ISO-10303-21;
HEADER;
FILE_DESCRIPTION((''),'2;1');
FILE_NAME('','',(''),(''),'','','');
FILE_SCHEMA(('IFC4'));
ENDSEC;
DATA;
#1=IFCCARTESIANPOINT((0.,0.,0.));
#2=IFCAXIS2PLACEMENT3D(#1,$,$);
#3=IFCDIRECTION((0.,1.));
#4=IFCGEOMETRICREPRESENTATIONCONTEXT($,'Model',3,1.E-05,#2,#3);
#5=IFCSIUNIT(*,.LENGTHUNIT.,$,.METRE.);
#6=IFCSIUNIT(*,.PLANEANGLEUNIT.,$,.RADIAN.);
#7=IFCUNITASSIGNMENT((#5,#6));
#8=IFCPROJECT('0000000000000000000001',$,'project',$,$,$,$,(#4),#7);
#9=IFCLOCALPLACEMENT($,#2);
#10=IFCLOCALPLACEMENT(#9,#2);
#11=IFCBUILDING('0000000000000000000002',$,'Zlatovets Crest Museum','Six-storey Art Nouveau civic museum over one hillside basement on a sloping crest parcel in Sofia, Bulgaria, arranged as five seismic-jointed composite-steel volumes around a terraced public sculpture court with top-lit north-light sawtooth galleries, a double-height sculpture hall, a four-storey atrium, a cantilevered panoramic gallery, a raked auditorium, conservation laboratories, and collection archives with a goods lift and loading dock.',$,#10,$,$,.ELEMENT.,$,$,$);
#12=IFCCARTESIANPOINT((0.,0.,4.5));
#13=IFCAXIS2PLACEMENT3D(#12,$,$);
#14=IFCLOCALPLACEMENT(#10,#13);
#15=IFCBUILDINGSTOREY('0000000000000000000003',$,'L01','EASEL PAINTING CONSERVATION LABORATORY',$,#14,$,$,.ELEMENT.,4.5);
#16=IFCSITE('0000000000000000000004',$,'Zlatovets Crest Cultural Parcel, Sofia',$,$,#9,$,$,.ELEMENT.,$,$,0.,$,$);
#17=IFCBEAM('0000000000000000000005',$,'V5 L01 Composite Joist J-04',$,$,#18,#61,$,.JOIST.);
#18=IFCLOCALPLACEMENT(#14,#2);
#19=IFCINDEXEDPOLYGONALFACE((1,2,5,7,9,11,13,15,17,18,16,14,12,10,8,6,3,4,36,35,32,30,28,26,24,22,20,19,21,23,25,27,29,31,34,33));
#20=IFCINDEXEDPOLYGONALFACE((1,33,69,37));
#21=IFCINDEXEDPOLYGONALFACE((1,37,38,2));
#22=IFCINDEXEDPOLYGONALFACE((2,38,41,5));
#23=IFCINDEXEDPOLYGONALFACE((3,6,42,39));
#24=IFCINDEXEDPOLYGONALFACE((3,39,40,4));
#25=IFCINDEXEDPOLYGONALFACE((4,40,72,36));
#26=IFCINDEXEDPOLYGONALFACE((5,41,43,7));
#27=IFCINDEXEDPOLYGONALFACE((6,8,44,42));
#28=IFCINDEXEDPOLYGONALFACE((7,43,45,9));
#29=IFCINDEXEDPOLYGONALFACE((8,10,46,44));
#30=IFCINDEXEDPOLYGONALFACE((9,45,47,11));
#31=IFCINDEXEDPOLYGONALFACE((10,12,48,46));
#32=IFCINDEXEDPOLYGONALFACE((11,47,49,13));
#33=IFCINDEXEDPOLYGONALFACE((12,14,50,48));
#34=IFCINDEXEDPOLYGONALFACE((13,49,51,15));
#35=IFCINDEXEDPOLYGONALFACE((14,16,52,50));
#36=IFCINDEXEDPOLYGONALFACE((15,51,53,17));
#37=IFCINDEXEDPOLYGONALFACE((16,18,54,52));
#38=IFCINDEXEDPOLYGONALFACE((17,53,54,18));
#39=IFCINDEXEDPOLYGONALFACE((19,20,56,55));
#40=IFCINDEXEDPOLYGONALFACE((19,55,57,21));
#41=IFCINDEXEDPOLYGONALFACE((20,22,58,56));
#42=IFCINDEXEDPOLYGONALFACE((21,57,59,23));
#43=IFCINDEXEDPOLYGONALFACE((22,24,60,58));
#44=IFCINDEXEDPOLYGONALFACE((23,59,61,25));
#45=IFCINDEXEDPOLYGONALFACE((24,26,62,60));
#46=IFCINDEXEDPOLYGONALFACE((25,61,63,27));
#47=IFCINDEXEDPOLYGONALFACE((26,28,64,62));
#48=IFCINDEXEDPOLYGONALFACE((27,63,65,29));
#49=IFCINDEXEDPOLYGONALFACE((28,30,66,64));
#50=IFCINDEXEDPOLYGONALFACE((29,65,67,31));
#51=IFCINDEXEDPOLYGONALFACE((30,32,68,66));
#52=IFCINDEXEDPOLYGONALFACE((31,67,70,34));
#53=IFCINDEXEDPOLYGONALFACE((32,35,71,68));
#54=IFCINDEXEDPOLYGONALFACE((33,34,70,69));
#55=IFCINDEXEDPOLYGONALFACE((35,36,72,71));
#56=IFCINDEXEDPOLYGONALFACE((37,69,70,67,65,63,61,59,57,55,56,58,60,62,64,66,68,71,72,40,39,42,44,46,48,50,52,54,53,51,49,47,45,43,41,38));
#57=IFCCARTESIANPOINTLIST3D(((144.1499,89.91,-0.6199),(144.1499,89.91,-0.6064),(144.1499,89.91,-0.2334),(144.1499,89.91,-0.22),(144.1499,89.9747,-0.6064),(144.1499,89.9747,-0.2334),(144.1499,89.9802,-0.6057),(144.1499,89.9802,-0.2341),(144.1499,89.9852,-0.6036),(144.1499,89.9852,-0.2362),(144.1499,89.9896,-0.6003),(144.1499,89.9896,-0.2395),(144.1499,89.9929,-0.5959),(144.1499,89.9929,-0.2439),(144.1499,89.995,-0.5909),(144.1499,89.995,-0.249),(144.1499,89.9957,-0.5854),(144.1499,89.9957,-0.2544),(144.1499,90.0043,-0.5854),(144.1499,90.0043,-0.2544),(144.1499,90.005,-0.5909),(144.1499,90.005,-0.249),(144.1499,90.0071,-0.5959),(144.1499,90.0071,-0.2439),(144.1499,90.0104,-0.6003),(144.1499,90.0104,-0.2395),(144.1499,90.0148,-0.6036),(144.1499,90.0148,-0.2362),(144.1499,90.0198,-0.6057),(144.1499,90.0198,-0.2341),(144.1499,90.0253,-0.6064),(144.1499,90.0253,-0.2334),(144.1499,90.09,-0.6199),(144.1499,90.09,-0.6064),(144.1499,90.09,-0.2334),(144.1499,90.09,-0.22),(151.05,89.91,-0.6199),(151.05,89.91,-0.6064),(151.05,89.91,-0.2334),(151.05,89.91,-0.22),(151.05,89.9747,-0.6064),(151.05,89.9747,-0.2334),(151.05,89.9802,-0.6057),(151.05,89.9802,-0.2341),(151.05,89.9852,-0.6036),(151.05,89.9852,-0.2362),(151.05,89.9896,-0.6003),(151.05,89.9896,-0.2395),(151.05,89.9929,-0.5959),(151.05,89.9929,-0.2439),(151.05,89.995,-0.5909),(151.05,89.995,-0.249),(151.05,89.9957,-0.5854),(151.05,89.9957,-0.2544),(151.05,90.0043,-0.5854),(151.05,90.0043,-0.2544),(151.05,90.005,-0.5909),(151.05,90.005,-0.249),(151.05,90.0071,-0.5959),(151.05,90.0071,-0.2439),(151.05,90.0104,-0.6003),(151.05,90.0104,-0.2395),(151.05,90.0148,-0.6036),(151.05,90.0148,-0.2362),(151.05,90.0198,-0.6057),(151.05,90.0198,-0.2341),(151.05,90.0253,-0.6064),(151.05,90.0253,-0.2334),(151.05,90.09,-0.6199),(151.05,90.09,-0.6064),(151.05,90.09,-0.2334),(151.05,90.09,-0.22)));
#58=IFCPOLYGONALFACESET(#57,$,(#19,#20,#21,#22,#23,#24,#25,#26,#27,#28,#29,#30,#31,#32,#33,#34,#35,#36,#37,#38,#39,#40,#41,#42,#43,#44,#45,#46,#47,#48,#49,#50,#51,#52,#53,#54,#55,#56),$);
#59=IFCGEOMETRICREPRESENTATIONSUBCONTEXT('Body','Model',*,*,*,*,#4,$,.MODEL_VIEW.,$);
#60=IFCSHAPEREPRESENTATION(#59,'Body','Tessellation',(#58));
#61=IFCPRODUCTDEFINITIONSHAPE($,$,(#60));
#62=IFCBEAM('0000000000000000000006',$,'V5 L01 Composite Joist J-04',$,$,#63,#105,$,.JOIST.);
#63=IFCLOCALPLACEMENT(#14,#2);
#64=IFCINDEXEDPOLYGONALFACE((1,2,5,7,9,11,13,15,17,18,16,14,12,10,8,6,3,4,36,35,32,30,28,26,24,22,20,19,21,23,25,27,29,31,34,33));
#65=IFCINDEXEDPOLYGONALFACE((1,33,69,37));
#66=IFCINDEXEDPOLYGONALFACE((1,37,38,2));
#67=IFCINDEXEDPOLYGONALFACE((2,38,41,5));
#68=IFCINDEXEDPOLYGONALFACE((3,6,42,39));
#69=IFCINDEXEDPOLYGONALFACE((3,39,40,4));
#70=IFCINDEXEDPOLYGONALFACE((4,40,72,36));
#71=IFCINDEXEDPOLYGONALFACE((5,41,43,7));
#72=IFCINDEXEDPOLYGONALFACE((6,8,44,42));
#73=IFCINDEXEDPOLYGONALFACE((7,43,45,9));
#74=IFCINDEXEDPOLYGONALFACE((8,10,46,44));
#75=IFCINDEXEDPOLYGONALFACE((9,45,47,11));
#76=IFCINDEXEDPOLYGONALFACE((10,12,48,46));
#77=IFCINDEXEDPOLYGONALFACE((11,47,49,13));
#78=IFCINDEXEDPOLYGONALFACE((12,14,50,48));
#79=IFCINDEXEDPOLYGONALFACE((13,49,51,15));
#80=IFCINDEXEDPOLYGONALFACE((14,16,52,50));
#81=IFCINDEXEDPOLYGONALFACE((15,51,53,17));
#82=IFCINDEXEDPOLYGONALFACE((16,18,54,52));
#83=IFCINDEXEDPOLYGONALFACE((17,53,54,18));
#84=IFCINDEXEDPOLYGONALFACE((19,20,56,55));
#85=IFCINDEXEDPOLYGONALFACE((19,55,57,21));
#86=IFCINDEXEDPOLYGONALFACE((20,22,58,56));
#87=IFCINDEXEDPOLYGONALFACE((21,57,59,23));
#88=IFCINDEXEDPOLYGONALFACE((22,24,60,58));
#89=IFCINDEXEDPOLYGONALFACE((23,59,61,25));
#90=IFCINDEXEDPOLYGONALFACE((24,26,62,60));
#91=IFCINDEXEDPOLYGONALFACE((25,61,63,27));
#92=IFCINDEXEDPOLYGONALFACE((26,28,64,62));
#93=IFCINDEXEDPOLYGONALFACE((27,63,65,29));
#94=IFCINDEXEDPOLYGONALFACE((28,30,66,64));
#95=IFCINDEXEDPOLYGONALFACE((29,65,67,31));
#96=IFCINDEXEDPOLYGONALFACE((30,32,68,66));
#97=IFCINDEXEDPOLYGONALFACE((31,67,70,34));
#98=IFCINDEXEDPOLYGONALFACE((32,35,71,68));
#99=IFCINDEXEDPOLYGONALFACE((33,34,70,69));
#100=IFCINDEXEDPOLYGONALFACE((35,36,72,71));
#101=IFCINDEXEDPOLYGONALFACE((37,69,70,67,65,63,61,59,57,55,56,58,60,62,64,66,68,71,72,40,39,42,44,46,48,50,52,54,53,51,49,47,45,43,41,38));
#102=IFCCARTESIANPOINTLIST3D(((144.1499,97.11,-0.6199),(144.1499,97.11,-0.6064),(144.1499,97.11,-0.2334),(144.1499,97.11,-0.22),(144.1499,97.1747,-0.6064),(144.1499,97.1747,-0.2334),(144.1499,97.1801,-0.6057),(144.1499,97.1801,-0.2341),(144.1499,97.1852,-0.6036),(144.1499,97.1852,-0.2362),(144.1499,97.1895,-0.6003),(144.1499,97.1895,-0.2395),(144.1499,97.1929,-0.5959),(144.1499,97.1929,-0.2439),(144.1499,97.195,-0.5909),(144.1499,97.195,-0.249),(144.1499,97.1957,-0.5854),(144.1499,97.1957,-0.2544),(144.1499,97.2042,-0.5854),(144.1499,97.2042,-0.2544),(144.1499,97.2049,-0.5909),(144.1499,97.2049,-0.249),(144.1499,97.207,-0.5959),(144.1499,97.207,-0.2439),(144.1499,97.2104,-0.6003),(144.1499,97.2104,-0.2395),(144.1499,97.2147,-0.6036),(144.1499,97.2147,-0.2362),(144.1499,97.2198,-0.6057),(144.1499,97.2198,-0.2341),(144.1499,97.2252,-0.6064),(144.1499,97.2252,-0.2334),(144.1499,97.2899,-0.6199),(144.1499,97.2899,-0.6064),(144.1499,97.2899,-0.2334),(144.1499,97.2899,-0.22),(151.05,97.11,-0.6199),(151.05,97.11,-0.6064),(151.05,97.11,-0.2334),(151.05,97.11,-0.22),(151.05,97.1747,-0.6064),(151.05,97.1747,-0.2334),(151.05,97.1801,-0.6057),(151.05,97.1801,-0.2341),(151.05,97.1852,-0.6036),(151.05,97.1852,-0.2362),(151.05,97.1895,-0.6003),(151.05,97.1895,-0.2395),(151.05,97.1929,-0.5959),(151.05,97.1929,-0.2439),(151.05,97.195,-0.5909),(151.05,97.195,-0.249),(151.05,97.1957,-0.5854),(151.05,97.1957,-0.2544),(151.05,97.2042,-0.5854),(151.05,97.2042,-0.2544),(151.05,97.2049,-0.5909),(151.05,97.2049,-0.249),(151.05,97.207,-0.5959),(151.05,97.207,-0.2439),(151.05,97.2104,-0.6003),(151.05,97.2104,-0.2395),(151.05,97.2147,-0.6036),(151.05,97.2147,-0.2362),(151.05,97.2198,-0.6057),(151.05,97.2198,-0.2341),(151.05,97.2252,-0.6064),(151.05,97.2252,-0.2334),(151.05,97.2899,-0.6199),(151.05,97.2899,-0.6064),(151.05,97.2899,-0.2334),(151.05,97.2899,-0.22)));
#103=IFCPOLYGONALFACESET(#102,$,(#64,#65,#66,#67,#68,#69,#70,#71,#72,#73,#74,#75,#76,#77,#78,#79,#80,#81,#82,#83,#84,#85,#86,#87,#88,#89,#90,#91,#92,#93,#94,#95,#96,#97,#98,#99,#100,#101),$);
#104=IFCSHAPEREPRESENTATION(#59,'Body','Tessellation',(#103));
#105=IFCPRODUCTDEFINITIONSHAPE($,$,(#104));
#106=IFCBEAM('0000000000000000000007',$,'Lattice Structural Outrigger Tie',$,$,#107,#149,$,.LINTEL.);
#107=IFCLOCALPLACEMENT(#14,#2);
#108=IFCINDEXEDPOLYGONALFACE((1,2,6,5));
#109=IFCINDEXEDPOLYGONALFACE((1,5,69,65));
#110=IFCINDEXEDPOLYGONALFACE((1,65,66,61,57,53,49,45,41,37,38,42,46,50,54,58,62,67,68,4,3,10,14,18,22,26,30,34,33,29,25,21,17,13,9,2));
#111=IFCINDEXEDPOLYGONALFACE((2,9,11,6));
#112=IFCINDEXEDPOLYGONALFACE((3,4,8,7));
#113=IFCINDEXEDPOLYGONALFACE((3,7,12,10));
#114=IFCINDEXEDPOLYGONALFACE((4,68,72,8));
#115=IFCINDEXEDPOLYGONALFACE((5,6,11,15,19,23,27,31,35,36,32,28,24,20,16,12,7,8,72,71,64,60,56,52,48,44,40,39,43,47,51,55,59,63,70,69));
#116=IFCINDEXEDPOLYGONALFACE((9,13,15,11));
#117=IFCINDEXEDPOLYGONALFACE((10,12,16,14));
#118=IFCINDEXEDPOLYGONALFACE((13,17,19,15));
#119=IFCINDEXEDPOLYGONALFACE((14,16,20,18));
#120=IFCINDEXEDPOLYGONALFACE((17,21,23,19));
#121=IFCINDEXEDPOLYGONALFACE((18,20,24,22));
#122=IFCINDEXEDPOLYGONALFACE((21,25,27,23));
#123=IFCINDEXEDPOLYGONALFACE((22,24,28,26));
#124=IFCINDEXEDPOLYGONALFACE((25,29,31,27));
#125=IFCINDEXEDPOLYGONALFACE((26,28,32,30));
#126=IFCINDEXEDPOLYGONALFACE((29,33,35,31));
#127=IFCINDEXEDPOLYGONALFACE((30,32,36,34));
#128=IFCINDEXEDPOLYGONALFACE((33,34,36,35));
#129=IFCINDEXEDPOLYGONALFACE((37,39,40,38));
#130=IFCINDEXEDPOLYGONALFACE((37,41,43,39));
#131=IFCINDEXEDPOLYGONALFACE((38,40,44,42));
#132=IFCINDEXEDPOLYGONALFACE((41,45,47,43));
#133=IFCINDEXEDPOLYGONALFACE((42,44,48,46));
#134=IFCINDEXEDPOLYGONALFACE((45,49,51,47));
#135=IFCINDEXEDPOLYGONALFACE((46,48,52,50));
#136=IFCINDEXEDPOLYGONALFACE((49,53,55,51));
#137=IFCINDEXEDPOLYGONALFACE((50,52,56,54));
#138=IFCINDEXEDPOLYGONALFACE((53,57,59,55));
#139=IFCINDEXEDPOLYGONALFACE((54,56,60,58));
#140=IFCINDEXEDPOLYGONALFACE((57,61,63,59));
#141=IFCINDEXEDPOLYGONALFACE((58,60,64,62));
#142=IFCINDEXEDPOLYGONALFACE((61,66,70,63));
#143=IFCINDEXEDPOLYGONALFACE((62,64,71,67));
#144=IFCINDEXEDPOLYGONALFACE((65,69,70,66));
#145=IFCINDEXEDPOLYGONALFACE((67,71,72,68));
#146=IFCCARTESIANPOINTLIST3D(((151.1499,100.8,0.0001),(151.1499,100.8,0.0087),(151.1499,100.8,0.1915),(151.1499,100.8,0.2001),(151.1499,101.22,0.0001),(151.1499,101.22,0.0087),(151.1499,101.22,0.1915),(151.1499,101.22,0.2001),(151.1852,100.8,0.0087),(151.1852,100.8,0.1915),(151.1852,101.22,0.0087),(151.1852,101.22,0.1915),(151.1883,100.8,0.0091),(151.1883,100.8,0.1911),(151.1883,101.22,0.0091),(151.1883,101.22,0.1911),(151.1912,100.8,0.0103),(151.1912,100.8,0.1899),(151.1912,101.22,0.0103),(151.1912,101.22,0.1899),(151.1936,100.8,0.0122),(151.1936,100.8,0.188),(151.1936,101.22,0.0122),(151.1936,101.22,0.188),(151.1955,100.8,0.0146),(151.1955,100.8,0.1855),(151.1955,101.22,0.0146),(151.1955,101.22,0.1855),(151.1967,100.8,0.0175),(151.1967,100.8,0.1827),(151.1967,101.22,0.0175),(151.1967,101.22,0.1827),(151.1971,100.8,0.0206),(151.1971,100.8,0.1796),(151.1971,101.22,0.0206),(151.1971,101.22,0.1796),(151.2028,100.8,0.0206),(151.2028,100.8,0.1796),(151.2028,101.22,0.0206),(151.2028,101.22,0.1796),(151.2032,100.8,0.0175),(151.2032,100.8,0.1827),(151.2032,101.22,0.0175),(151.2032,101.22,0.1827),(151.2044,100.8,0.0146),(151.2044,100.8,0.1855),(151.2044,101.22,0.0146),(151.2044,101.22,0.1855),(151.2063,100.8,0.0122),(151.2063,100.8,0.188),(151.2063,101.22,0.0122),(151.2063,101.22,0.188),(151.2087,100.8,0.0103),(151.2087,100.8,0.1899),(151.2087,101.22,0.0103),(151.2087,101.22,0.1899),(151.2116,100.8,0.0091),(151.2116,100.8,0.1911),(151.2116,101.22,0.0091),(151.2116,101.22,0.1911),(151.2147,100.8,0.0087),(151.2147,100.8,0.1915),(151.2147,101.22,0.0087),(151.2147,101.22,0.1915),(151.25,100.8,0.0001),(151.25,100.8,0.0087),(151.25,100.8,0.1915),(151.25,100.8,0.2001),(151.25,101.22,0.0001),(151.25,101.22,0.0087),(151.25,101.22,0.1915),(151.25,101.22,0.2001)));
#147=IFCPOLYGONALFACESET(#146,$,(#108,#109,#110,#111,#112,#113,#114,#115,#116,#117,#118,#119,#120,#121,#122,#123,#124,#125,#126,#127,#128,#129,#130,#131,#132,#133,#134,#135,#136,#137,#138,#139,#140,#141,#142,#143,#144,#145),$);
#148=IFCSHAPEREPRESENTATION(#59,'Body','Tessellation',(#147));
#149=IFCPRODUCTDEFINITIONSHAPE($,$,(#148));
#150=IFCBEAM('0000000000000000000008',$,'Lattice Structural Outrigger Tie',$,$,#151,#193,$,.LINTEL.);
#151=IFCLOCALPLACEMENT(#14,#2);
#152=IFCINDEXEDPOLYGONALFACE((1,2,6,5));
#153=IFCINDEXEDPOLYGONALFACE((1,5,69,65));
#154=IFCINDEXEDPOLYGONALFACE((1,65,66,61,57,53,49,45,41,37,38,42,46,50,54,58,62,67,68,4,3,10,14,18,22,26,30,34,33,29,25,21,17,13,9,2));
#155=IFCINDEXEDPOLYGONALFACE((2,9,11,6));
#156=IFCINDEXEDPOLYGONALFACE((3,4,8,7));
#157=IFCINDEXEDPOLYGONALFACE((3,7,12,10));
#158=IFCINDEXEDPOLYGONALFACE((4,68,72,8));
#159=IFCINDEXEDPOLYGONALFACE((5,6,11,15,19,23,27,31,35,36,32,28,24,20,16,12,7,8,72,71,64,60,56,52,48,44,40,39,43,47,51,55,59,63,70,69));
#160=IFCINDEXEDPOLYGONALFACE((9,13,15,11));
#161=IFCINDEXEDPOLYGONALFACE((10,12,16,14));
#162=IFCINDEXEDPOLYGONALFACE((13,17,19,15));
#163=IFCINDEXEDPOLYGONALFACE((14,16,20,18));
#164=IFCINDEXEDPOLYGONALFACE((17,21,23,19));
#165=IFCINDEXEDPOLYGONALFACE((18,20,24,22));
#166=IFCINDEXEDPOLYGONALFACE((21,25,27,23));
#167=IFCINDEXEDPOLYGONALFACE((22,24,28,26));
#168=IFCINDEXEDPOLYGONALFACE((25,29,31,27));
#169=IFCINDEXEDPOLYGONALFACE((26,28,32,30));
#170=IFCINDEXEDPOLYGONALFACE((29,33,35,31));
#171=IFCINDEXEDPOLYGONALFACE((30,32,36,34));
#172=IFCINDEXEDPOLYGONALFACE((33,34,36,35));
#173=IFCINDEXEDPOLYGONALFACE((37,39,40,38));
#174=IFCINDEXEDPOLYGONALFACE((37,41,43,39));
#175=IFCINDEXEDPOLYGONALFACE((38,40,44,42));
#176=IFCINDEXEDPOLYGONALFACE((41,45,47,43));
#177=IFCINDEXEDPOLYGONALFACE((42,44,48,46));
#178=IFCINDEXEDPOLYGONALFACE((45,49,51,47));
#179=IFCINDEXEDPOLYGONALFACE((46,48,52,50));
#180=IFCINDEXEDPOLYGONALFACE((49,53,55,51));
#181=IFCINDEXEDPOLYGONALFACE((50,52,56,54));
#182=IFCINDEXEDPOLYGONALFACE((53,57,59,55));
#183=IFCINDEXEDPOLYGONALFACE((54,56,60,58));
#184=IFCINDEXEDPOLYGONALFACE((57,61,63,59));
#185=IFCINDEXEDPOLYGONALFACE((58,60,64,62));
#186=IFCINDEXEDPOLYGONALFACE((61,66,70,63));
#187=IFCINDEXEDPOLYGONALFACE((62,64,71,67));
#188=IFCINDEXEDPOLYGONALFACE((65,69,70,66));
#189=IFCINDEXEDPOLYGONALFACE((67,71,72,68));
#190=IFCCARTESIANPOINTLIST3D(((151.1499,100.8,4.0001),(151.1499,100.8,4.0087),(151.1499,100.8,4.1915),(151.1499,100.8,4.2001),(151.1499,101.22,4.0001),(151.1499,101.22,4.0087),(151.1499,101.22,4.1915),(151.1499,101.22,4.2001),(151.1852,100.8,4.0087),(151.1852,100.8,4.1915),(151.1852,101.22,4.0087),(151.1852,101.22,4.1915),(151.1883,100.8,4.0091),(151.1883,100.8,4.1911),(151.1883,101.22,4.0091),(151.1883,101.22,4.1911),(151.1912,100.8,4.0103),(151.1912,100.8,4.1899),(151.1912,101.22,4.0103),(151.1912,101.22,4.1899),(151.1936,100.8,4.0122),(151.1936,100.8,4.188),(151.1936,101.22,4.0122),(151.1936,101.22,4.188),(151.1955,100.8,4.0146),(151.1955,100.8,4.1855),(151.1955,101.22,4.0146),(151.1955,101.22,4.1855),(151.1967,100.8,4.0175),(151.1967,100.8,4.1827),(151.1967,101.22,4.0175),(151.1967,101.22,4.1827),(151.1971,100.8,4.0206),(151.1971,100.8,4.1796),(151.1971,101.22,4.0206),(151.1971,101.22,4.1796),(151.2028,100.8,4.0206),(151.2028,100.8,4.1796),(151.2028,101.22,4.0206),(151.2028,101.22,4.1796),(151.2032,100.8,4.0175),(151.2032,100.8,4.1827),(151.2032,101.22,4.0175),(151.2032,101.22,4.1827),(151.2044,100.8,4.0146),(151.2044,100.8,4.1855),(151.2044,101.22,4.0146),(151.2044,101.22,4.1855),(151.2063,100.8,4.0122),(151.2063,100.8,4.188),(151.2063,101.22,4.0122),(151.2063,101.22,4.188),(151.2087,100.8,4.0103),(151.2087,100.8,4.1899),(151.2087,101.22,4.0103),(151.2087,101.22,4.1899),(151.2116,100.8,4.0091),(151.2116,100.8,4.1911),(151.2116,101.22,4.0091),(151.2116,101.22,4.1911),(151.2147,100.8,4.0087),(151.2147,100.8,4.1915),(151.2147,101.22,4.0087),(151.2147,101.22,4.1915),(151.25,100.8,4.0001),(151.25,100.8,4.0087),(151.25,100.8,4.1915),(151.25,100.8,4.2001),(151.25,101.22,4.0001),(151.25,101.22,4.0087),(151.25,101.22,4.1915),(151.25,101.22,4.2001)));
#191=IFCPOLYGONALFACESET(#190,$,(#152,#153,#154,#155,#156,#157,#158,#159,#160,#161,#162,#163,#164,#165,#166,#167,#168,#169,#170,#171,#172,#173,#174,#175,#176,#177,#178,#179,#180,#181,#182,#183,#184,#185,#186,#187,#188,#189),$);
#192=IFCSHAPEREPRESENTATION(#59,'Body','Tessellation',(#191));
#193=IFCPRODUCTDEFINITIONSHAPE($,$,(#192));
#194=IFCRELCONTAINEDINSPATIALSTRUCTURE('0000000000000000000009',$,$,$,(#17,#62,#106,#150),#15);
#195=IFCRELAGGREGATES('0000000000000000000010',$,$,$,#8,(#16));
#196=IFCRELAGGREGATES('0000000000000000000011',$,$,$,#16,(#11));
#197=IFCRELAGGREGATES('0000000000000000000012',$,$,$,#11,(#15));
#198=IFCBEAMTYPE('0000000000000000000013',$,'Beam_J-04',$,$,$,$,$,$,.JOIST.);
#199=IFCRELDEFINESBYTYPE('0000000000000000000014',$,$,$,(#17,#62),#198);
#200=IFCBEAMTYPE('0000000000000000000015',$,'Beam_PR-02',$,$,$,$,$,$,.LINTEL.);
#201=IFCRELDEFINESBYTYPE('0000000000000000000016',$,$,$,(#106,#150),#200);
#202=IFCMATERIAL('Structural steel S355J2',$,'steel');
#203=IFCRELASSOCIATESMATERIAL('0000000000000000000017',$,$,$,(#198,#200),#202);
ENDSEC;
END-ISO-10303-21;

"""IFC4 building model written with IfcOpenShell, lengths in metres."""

from ifc_helpers import new_model, si_unit, direction, frame, origin, origin_2d, place, context, subcontext, project, spatial, i_section, extrude, material, material_profile, profile_set, type_object, element, save


model = new_model("IFC4")

# Units and contexts
model_context = context("Model", 3, precision=1e-05, world=origin(), true_north=direction((0.0, 1.0)))
body_context = subcontext(model_context, "Body", "Model", "MODEL_VIEW")
ifc_project = project(units=[si_unit("LENGTHUNIT", "METRE"), si_unit("PLANEANGLEUNIT", "RADIAN")], contexts=[model_context])

# Site, building, storey
site_placement = place(None, origin())
site = spatial("IfcSite", under=ifc_project, at=site_placement, Name="Zlatovets Crest Cultural Parcel, Sofia", CompositionType="ELEMENT", RefElevation=0.0)
building_placement = place(site_placement, origin())
building = spatial("IfcBuilding", under=site, at=building_placement, Name="Zlatovets Crest Museum", Description="Six-storey Art Nouveau civic museum over one hillside basement on a sloping crest parcel in Sofia, Bulgaria, arranged as five seismic-jointed composite-steel volumes around a terraced public sculpture court with top-lit north-light sawtooth galleries, a double-height sculpture hall, a four-storey atrium, a cantilevered panoramic gallery, a raked auditorium, conservation laboratories, and collection archives with a goods lift and loading dock.", CompositionType="ELEMENT")
storey_placement = place(building_placement, frame((0.0, 0.0, 4.5)))
storey = spatial("IfcBuildingStorey", under=building, at=storey_placement, Name="L01", Description="EASEL PAINTING CONSERVATION LABORATORY", CompositionType="ELEMENT", Elevation=4.5)

# Shared definitions
ifc_material_1 = material(Name="Structural steel S355J2", Category="steel")

# Beams
ifc_material_profile_1 = material_profile(ifc_material_1, i_section(OverallWidth=0.1799, OverallDepth=0.3999, WebThickness=0.0085, FlangeThickness=0.0134, FilletRadius=0.021, at=origin_2d()), Name="IPE 400")
ifc_profile_set_1 = profile_set([ifc_material_profile_1], Name="Structural steel S355J2")
beam_type_1 = type_object("IfcBeamType", Name="Beam_J-04", PredefinedType="JOIST", material=ifc_profile_set_1)
for number, where, z_axis, x_axis, name in (
    (1, (144.1499, 90.0, -0.4199), (1.0, 0.0, 0.0), (0.0, 1.0, 0.0), "V5 L01 Composite Joist J-04"),
    (2, (144.1499, 97.2, -0.4199), (1.0, 0.0, 0.0), (0.0, 1.0, 0.0), "V5 L01 Composite Joist J-04"),
):
    element("IfcBeam", number, at=place(storey_placement, frame(where, z_axis=z_axis, x_axis=x_axis)), inside=storey, type_object=beam_type_1, Name=name, PredefinedType="JOIST", context=body_context, shape_type="SweptSolid", body=[
        extrude(i_section(OverallWidth=0.1799, OverallDepth=0.3999, WebThickness=0.0085, FlangeThickness=0.0134, FilletRadius=0.021, at=origin_2d()), origin(), (0.0, 0.0, 1.0), 6.9001),
    ])
ifc_material_profile_2 = material_profile(ifc_material_1, i_section(OverallWidth=0.1001, OverallDepth=0.2, WebThickness=0.0056, FlangeThickness=0.0085, FilletRadius=0.012, at=origin_2d()), Name="IPE 200")
ifc_profile_set_2 = profile_set([ifc_material_profile_2], Name="Structural steel S355J2")
beam_type_2 = type_object("IfcBeamType", Name="Beam_PR-02", PredefinedType="LINTEL", material=ifc_profile_set_2)
for number, where, z_axis, x_axis, name in (
    (3, (151.2, 100.8, 0.1001), (0.0, 1.0, 0.0), (-1.0, 0.0, 0.0), "Lattice Structural Outrigger Tie"),
    (4, (151.2, 100.8, 4.1001), (0.0, 1.0, 0.0), (-1.0, 0.0, 0.0), "Lattice Structural Outrigger Tie"),
):
    element("IfcBeam", number, at=place(storey_placement, frame(where, z_axis=z_axis, x_axis=x_axis)), inside=storey, type_object=beam_type_2, Name=name, PredefinedType="LINTEL", context=body_context, shape_type="SweptSolid", body=[
        extrude(i_section(OverallWidth=0.1001, OverallDepth=0.2, WebThickness=0.0056, FlangeThickness=0.0085, FilletRadius=0.012, at=origin_2d()), origin(), (0.0, 0.0, 1.0), 0.4199),
    ])

save(model, "model.ifc")
